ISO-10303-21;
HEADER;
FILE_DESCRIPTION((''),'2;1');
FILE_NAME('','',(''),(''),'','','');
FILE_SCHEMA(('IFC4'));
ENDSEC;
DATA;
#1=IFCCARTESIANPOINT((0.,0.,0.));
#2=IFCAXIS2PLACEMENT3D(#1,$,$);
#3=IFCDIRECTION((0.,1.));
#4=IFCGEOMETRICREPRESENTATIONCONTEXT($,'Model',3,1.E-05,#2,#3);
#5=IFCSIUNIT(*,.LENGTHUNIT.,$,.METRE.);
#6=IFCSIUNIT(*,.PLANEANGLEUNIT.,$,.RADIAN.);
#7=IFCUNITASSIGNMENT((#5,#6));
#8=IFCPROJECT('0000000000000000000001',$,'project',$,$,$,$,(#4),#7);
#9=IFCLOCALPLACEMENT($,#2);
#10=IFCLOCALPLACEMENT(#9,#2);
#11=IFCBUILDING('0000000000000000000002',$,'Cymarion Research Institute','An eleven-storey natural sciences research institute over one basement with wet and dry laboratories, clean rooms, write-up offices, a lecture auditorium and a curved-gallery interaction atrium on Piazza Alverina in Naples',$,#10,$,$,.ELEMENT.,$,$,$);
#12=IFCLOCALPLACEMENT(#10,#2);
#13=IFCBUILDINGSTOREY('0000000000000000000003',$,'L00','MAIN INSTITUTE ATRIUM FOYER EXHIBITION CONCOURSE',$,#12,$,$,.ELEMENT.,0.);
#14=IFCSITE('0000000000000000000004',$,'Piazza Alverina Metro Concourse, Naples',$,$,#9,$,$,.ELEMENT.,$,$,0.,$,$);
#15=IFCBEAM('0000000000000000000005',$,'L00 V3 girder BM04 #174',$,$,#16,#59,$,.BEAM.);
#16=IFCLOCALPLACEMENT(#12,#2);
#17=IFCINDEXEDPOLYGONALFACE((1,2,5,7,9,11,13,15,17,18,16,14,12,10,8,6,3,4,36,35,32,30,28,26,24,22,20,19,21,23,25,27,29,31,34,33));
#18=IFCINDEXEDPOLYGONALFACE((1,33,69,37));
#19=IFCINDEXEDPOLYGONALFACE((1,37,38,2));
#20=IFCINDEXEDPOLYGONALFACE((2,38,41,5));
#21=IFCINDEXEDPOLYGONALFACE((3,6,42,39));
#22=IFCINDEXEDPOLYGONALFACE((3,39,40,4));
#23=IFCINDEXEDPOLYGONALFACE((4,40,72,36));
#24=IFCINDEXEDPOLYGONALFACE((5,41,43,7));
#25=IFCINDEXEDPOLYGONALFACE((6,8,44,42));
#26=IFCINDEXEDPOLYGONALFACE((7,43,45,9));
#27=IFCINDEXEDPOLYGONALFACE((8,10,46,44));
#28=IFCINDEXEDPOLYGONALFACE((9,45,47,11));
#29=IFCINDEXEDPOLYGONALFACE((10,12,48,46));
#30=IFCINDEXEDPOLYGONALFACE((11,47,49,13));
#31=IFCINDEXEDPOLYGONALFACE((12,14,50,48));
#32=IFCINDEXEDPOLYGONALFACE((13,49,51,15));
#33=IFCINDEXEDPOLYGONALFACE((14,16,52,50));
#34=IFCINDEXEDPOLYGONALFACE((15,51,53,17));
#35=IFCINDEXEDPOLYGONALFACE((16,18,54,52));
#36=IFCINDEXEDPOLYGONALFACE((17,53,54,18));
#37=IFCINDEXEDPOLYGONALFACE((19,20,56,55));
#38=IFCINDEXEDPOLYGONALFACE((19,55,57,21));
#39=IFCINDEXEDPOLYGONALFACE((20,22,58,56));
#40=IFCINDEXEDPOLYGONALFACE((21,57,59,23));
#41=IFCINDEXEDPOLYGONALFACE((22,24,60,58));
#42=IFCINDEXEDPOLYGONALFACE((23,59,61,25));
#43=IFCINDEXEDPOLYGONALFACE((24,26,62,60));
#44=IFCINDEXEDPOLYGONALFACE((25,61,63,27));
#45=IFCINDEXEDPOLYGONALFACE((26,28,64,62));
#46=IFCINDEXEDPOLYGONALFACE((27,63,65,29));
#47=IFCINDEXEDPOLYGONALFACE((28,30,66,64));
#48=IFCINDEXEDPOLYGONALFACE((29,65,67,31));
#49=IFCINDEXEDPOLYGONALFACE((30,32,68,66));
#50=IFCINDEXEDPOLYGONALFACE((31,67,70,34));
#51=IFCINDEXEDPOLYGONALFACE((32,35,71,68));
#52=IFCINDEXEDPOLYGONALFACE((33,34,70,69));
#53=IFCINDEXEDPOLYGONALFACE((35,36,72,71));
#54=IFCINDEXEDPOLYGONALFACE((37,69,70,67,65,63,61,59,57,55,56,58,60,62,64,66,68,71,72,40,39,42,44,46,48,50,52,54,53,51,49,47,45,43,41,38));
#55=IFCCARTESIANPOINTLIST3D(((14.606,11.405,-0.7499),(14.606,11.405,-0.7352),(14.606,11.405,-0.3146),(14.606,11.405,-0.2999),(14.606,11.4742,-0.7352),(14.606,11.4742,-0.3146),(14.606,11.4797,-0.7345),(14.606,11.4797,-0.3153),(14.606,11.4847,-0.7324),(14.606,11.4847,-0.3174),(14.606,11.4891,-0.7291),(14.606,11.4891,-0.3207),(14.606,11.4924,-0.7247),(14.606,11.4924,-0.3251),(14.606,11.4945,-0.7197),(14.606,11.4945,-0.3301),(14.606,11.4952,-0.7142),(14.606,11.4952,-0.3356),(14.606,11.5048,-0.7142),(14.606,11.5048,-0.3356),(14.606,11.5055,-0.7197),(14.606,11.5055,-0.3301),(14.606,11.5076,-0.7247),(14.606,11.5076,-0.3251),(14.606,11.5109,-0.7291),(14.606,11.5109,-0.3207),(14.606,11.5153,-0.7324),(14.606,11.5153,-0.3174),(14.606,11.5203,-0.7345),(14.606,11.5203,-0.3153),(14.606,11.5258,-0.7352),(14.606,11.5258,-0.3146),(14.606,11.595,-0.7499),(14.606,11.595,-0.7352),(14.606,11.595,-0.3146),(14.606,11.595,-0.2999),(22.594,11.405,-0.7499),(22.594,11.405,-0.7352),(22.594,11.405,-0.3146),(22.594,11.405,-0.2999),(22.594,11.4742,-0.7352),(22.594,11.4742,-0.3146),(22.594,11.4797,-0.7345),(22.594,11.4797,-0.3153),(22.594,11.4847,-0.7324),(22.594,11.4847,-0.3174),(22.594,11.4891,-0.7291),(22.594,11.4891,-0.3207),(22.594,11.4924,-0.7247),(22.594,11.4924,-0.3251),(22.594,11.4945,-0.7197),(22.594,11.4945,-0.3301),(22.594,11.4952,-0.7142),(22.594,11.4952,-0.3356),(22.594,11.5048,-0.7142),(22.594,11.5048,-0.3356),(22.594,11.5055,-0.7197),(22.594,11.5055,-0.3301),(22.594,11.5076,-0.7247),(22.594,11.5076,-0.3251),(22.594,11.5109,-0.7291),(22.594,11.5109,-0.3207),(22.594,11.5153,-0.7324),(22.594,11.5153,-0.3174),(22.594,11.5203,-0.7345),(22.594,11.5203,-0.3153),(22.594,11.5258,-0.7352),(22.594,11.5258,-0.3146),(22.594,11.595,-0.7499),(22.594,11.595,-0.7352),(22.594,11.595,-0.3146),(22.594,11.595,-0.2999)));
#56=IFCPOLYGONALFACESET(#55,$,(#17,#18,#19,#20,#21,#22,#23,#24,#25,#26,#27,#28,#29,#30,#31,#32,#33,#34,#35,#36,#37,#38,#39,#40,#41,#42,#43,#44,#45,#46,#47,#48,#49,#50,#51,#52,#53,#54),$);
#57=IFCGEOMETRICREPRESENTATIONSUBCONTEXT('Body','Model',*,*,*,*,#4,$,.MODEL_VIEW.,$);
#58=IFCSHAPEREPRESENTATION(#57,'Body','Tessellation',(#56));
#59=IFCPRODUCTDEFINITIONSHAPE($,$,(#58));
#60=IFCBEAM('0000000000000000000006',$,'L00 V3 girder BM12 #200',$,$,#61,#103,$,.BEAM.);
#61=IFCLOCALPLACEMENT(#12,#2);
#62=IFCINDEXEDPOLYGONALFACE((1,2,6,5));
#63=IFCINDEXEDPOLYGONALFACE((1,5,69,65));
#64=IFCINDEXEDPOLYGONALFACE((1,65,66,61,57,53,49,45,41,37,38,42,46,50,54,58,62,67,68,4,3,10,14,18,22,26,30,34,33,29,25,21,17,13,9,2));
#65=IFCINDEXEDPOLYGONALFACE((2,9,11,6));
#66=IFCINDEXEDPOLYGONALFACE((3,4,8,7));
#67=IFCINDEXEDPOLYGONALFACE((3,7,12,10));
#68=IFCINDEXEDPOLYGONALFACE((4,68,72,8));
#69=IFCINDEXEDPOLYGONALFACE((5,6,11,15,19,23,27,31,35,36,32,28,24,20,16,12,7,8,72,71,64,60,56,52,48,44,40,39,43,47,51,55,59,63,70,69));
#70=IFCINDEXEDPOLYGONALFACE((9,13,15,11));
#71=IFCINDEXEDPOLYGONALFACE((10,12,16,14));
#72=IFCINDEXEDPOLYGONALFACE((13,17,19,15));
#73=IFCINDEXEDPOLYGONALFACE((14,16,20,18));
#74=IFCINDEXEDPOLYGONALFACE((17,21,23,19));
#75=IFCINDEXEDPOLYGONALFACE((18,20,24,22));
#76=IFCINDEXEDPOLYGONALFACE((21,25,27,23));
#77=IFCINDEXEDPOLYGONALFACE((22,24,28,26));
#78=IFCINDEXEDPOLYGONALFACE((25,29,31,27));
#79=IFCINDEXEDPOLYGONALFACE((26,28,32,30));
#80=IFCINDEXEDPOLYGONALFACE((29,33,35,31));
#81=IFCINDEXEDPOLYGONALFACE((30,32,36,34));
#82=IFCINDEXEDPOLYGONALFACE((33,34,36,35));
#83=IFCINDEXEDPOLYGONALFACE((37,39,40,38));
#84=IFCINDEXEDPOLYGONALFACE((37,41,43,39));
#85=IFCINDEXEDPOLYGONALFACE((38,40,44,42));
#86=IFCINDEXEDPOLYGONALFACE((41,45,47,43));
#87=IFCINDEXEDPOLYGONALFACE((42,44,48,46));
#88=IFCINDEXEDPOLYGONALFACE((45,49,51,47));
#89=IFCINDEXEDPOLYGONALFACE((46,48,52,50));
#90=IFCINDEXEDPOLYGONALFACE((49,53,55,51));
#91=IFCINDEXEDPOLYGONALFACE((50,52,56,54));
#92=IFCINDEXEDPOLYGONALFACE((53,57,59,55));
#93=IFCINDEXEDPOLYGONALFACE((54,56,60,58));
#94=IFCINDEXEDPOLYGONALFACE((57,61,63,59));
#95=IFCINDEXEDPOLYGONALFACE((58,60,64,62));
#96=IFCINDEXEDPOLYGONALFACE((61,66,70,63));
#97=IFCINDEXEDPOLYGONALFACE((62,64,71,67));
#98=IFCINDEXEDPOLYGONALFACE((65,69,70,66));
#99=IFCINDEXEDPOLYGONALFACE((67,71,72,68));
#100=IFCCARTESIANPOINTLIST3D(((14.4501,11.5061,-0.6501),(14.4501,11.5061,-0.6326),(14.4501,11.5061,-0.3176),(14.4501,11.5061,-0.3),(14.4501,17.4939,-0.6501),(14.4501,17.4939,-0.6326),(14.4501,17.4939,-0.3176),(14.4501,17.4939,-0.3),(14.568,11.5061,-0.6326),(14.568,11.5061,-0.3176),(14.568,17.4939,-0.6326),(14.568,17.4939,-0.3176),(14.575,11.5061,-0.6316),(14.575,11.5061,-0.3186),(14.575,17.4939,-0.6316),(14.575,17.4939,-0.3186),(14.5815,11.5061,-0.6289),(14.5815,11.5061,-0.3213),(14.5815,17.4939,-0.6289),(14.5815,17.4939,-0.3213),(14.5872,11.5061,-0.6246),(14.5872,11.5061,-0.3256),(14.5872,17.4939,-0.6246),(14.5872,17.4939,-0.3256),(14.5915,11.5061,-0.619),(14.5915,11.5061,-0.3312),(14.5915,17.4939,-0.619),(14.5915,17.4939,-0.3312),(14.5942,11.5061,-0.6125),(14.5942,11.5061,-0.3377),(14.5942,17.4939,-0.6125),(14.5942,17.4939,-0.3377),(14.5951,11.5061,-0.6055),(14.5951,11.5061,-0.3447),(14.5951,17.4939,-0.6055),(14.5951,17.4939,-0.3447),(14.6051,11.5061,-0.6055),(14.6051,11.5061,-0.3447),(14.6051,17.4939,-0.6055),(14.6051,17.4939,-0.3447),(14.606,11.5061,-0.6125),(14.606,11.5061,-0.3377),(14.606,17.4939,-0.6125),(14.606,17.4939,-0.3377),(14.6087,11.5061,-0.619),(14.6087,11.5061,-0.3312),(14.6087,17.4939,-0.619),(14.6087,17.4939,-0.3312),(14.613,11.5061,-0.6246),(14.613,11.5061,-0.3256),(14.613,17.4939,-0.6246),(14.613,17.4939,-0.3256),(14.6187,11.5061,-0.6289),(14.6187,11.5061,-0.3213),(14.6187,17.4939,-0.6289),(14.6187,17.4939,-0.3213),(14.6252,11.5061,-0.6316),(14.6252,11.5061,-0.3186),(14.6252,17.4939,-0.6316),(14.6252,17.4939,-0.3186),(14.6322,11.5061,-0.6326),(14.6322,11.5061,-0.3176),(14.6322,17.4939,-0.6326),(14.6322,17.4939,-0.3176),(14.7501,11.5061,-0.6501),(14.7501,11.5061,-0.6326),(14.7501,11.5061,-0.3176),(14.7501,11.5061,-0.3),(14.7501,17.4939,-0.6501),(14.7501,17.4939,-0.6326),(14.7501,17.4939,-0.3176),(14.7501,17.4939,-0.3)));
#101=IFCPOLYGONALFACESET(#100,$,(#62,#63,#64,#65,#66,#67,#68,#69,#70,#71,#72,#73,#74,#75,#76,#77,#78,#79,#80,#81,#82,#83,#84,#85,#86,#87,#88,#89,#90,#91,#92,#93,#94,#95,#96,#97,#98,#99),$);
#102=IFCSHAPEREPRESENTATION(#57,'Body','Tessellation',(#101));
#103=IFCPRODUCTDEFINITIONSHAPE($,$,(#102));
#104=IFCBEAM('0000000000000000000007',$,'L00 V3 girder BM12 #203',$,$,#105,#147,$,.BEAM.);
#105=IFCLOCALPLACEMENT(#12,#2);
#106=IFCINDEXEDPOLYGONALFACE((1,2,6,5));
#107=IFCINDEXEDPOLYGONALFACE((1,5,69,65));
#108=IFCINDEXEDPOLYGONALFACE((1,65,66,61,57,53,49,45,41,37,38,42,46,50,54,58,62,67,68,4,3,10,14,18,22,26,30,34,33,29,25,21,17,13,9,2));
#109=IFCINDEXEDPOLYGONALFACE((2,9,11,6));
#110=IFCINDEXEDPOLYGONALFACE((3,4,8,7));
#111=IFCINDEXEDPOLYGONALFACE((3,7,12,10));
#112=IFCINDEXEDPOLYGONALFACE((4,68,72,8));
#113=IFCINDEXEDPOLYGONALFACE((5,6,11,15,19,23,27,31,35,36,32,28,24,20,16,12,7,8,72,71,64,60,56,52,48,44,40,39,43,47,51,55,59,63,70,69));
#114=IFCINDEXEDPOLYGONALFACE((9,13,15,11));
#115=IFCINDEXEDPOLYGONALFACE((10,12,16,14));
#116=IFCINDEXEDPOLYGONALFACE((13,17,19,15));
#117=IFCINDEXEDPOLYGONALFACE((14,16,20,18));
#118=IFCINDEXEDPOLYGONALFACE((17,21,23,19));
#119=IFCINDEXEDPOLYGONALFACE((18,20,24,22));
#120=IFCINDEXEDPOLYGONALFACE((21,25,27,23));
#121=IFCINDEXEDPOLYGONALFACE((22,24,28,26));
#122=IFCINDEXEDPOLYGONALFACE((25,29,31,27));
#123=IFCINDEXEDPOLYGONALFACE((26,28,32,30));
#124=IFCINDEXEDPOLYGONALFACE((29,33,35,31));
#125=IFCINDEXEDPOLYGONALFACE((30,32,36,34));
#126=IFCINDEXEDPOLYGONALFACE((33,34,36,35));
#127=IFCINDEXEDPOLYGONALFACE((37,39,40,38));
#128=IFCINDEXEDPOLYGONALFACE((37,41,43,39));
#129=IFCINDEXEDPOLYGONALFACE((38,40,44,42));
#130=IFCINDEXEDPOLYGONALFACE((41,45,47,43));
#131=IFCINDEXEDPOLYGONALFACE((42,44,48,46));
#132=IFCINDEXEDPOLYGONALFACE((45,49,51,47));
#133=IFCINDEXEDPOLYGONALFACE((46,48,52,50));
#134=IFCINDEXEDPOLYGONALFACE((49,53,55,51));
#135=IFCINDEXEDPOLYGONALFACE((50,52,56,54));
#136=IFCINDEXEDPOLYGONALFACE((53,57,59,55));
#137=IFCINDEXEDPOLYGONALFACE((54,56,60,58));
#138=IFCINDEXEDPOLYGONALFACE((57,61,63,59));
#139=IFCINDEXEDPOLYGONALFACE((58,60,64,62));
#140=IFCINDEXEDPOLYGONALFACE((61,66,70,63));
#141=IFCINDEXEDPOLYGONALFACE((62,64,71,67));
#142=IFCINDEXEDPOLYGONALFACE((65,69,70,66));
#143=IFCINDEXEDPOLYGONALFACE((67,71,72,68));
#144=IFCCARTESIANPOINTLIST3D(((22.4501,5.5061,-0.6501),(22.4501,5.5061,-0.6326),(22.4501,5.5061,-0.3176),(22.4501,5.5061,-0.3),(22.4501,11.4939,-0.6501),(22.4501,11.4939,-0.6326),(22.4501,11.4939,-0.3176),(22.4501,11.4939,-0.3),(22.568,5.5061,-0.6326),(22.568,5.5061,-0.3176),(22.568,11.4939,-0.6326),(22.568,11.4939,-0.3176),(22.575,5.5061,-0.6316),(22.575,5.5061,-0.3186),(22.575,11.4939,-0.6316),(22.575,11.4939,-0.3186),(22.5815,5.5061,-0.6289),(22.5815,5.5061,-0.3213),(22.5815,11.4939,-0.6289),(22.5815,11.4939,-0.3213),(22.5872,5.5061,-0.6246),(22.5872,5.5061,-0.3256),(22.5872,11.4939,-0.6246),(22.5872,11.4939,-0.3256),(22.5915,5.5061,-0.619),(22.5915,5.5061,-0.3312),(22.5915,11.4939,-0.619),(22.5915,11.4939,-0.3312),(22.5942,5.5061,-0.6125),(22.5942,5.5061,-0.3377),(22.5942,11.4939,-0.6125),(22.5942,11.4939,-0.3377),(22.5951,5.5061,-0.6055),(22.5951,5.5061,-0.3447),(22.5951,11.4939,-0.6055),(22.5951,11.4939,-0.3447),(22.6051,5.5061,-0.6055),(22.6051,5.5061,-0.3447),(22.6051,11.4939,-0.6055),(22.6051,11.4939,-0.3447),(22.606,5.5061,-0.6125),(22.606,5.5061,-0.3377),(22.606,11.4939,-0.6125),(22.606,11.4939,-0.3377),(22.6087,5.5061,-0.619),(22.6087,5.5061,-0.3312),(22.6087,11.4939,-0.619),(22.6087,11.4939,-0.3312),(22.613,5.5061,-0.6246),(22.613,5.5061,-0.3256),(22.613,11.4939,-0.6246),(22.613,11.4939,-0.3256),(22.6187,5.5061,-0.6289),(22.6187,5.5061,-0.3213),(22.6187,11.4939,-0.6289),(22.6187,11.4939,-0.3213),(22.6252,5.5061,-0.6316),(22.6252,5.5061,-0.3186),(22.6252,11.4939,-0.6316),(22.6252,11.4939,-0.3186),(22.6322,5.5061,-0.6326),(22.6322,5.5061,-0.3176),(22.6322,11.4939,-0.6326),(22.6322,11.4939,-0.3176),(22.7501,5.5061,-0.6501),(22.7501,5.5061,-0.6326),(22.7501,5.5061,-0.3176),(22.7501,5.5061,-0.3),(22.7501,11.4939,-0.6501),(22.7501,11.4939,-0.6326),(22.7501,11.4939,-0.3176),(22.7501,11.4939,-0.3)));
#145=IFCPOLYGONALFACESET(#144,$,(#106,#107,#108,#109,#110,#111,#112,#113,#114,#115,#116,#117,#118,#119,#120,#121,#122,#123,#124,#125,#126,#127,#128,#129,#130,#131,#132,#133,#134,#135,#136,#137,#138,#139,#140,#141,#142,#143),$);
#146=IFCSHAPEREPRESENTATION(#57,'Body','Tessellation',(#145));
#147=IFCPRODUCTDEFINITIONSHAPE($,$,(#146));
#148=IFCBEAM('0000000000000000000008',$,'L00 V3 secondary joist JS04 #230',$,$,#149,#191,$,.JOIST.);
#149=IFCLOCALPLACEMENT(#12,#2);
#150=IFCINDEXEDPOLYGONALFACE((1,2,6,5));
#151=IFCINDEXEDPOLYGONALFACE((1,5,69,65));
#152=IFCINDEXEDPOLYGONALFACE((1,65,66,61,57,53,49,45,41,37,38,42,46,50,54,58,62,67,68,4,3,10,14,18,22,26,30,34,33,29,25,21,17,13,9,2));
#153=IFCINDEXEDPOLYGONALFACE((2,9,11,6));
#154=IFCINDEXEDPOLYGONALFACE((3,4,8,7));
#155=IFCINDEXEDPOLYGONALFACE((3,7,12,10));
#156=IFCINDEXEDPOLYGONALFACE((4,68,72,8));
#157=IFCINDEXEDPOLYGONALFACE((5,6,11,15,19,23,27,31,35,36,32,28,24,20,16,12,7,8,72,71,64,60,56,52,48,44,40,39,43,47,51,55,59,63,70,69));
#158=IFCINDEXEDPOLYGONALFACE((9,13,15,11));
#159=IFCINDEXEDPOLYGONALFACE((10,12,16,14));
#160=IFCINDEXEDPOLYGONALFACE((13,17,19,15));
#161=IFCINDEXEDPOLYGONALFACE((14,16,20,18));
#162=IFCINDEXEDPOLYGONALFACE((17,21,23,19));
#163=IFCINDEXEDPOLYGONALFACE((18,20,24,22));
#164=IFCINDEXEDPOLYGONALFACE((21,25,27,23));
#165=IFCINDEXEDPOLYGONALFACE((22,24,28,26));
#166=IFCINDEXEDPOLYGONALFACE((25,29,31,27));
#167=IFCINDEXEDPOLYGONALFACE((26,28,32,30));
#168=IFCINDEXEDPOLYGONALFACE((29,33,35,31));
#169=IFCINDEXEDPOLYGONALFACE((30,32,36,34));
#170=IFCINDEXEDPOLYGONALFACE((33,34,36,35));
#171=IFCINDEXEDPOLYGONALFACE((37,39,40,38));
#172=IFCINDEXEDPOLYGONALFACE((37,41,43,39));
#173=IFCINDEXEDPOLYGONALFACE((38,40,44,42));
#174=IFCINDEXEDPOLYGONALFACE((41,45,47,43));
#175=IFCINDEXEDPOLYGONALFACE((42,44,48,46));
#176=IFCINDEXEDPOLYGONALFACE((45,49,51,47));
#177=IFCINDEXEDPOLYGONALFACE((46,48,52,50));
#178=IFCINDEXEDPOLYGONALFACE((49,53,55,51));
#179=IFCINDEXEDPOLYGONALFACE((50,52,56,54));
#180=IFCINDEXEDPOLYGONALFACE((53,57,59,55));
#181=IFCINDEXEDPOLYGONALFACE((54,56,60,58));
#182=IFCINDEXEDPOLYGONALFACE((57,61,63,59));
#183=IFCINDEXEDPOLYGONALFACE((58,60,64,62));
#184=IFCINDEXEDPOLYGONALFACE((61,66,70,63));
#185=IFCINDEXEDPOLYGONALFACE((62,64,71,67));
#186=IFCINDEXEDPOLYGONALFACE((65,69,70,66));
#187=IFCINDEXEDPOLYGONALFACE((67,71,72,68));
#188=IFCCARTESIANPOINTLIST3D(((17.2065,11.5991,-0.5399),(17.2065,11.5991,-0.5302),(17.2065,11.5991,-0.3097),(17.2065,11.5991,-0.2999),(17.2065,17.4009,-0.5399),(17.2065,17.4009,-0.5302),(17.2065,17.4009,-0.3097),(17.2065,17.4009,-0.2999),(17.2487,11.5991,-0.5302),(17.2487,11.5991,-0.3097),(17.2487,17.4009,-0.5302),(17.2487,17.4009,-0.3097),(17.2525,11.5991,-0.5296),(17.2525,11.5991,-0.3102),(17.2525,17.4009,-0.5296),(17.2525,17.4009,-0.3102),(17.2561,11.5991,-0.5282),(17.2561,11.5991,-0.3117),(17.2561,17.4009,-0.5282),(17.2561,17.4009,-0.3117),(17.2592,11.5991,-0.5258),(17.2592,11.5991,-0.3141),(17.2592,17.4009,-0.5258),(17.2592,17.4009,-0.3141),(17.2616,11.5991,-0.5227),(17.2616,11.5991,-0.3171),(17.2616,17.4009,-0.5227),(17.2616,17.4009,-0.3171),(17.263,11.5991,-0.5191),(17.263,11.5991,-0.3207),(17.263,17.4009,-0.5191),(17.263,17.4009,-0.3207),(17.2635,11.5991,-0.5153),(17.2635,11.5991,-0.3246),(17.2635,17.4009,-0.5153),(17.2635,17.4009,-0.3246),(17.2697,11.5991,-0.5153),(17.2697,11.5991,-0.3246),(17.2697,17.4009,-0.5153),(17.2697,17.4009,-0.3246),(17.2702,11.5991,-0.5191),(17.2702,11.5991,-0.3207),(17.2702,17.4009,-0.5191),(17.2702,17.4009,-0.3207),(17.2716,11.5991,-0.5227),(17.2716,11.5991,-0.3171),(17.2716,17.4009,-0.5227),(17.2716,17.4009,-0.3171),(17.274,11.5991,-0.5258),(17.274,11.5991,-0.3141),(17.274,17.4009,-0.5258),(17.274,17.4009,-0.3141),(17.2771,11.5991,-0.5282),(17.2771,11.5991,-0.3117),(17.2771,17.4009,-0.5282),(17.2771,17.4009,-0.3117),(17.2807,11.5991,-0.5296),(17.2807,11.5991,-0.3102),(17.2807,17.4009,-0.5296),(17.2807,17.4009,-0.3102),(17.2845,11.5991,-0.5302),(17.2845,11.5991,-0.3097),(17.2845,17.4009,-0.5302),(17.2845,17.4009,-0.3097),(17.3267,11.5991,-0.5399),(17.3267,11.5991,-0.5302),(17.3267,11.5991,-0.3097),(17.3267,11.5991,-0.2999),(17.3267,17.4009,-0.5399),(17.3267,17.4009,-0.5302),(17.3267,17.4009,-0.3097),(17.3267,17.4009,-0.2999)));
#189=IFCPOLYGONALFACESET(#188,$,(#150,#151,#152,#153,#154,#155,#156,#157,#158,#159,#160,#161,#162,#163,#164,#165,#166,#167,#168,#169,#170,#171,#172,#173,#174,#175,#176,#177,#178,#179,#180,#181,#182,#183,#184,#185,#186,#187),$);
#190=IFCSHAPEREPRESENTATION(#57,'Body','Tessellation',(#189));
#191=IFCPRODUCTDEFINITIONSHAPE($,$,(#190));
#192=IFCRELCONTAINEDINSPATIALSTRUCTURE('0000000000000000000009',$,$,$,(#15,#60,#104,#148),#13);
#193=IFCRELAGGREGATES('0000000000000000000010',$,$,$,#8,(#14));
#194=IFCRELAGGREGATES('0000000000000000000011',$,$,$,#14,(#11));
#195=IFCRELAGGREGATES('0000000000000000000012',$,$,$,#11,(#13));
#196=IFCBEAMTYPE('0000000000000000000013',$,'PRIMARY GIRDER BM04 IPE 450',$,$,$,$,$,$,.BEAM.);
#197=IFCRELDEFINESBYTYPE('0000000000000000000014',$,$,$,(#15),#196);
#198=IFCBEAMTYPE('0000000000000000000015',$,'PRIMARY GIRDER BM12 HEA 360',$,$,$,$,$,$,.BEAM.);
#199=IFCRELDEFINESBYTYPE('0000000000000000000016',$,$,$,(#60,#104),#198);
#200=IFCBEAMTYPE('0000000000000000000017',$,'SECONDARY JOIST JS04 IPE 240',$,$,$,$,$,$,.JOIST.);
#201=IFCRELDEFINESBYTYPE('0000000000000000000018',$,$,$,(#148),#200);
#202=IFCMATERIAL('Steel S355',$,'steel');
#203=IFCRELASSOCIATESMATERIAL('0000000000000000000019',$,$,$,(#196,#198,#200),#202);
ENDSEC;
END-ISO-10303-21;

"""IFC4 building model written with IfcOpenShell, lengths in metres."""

from ifc_helpers import new_model, si_unit, direction, frame, origin, origin_2d, place, context, subcontext, project, spatial, i_section, extrude, material, material_profile, profile_set, type_object, element, save


model = new_model("IFC4")

# Units and contexts
model_context = context("Model", 3, precision=1e-05, world=origin(), true_north=direction((0.0, 1.0)))
body_context = subcontext(model_context, "Body", "Model", "MODEL_VIEW")
ifc_project = project(units=[si_unit("LENGTHUNIT", "METRE"), si_unit("PLANEANGLEUNIT", "RADIAN")], contexts=[model_context])

# Site, building, storey
site_placement = place(None, origin())
site = spatial("IfcSite", under=ifc_project, at=site_placement, Name="Piazza Alverina Metro Concourse, Naples", CompositionType="ELEMENT", RefElevation=0.0)
building_placement = place(site_placement, origin())
building = spatial("IfcBuilding", under=site, at=building_placement, Name="Cymarion Research Institute", Description="An eleven-storey natural sciences research institute over one basement with wet and dry laboratories, clean rooms, write-up offices, a lecture auditorium and a curved-gallery interaction atrium on Piazza Alverina in Naples", CompositionType="ELEMENT")
storey_placement = place(building_placement, origin())
storey = spatial("IfcBuildingStorey", under=building, at=storey_placement, Name="L00", Description="MAIN INSTITUTE ATRIUM FOYER EXHIBITION CONCOURSE", CompositionType="ELEMENT", Elevation=0.0)

# Shared definitions
ifc_material_1 = material(Name="Steel S355", Category="steel")

# Beams
ifc_material_profile_1 = material_profile(ifc_material_1, i_section(OverallWidth=0.1899, OverallDepth=0.45, WebThickness=0.0095, FlangeThickness=0.0146, FilletRadius=0.021, at=origin_2d()), Name="IPE 450")
ifc_profile_set_1 = profile_set([ifc_material_profile_1], Name="Steel S355")
beam_type_1 = type_object("IfcBeamType", Name="PRIMARY GIRDER BM04 IPE 450", PredefinedType="BEAM", material=ifc_profile_set_1)
beam_placement = place(storey_placement, frame((14.606, 11.5, -0.5249), z_axis=(1.0, 0.0, 0.0), x_axis=(0.0, 1.0, 0.0)))
element("IfcBeam", 1, at=beam_placement, inside=storey, type_object=beam_type_1, Name="L00 V3 girder BM04 #174", PredefinedType="BEAM", context=body_context, shape_type="SweptSolid", body=[
    extrude(i_section(OverallWidth=0.1899, OverallDepth=0.45, WebThickness=0.0095, FlangeThickness=0.0146, FilletRadius=0.021, at=origin_2d()), origin(), (0.0, 0.0, 1.0), 7.988),
])
ifc_material_profile_2 = material_profile(ifc_material_1, i_section(OverallWidth=0.3, OverallDepth=0.3501, WebThickness=0.01, FlangeThickness=0.0176, FilletRadius=0.0271, at=origin_2d()), Name="HEA 360")
ifc_profile_set_2 = profile_set([ifc_material_profile_2], Name="Steel S355")
beam_type_2 = type_object("IfcBeamType", Name="PRIMARY GIRDER BM12 HEA 360", PredefinedType="BEAM", material=ifc_profile_set_2)
for number, where, z_axis, x_axis, name in (
    (2, (14.6001, 11.5061, -0.4751), (0.0, 1.0, 0.0), (-1.0, 0.0, 0.0), "L00 V3 girder BM12 #200"),
    (3, (22.6001, 5.5061, -0.4751), (0.0, 1.0, 0.0), (-1.0, 0.0, 0.0), "L00 V3 girder BM12 #203"),
):
    element("IfcBeam", number, at=place(storey_placement, frame(where, z_axis=z_axis, x_axis=x_axis)), inside=storey, type_object=beam_type_2, Name=name, PredefinedType="BEAM", context=body_context, shape_type="SweptSolid", body=[
        extrude(i_section(OverallWidth=0.3, OverallDepth=0.3501, WebThickness=0.01, FlangeThickness=0.0176, FilletRadius=0.0271, at=origin_2d()), origin(), (0.0, 0.0, 1.0), 5.9878),
    ])
ifc_material_profile_3 = material_profile(ifc_material_1, i_section(OverallWidth=0.1201, OverallDepth=0.24, WebThickness=0.0061, FlangeThickness=0.0098, FilletRadius=0.0149, at=origin_2d()), Name="IPE 240")
ifc_profile_set_3 = profile_set([ifc_material_profile_3], Name="Steel S355")
beam_type_3 = type_object("IfcBeamType", Name="SECONDARY JOIST JS04 IPE 240", PredefinedType="JOIST", material=ifc_profile_set_3)
for number, where, z_axis, x_axis, name in (
    (4, (17.2666, 11.5991, -0.4199), (0.0, 1.0, 0.0), (-1.0, 0.0, 0.0), "L00 V3 secondary joist JS04 #230"),
):
    element("IfcBeam", number, at=place(storey_placement, frame(where, z_axis=z_axis, x_axis=x_axis)), inside=storey, type_object=beam_type_3, Name=name, PredefinedType="JOIST", context=body_context, shape_type="SweptSolid", body=[
        extrude(i_section(OverallWidth=0.1201, OverallDepth=0.24, WebThickness=0.0061, FlangeThickness=0.0098, FilletRadius=0.0149, at=origin_2d()), origin(), (0.0, 0.0, 1.0), 5.8018),
    ])

save(model, "model.ifc")
